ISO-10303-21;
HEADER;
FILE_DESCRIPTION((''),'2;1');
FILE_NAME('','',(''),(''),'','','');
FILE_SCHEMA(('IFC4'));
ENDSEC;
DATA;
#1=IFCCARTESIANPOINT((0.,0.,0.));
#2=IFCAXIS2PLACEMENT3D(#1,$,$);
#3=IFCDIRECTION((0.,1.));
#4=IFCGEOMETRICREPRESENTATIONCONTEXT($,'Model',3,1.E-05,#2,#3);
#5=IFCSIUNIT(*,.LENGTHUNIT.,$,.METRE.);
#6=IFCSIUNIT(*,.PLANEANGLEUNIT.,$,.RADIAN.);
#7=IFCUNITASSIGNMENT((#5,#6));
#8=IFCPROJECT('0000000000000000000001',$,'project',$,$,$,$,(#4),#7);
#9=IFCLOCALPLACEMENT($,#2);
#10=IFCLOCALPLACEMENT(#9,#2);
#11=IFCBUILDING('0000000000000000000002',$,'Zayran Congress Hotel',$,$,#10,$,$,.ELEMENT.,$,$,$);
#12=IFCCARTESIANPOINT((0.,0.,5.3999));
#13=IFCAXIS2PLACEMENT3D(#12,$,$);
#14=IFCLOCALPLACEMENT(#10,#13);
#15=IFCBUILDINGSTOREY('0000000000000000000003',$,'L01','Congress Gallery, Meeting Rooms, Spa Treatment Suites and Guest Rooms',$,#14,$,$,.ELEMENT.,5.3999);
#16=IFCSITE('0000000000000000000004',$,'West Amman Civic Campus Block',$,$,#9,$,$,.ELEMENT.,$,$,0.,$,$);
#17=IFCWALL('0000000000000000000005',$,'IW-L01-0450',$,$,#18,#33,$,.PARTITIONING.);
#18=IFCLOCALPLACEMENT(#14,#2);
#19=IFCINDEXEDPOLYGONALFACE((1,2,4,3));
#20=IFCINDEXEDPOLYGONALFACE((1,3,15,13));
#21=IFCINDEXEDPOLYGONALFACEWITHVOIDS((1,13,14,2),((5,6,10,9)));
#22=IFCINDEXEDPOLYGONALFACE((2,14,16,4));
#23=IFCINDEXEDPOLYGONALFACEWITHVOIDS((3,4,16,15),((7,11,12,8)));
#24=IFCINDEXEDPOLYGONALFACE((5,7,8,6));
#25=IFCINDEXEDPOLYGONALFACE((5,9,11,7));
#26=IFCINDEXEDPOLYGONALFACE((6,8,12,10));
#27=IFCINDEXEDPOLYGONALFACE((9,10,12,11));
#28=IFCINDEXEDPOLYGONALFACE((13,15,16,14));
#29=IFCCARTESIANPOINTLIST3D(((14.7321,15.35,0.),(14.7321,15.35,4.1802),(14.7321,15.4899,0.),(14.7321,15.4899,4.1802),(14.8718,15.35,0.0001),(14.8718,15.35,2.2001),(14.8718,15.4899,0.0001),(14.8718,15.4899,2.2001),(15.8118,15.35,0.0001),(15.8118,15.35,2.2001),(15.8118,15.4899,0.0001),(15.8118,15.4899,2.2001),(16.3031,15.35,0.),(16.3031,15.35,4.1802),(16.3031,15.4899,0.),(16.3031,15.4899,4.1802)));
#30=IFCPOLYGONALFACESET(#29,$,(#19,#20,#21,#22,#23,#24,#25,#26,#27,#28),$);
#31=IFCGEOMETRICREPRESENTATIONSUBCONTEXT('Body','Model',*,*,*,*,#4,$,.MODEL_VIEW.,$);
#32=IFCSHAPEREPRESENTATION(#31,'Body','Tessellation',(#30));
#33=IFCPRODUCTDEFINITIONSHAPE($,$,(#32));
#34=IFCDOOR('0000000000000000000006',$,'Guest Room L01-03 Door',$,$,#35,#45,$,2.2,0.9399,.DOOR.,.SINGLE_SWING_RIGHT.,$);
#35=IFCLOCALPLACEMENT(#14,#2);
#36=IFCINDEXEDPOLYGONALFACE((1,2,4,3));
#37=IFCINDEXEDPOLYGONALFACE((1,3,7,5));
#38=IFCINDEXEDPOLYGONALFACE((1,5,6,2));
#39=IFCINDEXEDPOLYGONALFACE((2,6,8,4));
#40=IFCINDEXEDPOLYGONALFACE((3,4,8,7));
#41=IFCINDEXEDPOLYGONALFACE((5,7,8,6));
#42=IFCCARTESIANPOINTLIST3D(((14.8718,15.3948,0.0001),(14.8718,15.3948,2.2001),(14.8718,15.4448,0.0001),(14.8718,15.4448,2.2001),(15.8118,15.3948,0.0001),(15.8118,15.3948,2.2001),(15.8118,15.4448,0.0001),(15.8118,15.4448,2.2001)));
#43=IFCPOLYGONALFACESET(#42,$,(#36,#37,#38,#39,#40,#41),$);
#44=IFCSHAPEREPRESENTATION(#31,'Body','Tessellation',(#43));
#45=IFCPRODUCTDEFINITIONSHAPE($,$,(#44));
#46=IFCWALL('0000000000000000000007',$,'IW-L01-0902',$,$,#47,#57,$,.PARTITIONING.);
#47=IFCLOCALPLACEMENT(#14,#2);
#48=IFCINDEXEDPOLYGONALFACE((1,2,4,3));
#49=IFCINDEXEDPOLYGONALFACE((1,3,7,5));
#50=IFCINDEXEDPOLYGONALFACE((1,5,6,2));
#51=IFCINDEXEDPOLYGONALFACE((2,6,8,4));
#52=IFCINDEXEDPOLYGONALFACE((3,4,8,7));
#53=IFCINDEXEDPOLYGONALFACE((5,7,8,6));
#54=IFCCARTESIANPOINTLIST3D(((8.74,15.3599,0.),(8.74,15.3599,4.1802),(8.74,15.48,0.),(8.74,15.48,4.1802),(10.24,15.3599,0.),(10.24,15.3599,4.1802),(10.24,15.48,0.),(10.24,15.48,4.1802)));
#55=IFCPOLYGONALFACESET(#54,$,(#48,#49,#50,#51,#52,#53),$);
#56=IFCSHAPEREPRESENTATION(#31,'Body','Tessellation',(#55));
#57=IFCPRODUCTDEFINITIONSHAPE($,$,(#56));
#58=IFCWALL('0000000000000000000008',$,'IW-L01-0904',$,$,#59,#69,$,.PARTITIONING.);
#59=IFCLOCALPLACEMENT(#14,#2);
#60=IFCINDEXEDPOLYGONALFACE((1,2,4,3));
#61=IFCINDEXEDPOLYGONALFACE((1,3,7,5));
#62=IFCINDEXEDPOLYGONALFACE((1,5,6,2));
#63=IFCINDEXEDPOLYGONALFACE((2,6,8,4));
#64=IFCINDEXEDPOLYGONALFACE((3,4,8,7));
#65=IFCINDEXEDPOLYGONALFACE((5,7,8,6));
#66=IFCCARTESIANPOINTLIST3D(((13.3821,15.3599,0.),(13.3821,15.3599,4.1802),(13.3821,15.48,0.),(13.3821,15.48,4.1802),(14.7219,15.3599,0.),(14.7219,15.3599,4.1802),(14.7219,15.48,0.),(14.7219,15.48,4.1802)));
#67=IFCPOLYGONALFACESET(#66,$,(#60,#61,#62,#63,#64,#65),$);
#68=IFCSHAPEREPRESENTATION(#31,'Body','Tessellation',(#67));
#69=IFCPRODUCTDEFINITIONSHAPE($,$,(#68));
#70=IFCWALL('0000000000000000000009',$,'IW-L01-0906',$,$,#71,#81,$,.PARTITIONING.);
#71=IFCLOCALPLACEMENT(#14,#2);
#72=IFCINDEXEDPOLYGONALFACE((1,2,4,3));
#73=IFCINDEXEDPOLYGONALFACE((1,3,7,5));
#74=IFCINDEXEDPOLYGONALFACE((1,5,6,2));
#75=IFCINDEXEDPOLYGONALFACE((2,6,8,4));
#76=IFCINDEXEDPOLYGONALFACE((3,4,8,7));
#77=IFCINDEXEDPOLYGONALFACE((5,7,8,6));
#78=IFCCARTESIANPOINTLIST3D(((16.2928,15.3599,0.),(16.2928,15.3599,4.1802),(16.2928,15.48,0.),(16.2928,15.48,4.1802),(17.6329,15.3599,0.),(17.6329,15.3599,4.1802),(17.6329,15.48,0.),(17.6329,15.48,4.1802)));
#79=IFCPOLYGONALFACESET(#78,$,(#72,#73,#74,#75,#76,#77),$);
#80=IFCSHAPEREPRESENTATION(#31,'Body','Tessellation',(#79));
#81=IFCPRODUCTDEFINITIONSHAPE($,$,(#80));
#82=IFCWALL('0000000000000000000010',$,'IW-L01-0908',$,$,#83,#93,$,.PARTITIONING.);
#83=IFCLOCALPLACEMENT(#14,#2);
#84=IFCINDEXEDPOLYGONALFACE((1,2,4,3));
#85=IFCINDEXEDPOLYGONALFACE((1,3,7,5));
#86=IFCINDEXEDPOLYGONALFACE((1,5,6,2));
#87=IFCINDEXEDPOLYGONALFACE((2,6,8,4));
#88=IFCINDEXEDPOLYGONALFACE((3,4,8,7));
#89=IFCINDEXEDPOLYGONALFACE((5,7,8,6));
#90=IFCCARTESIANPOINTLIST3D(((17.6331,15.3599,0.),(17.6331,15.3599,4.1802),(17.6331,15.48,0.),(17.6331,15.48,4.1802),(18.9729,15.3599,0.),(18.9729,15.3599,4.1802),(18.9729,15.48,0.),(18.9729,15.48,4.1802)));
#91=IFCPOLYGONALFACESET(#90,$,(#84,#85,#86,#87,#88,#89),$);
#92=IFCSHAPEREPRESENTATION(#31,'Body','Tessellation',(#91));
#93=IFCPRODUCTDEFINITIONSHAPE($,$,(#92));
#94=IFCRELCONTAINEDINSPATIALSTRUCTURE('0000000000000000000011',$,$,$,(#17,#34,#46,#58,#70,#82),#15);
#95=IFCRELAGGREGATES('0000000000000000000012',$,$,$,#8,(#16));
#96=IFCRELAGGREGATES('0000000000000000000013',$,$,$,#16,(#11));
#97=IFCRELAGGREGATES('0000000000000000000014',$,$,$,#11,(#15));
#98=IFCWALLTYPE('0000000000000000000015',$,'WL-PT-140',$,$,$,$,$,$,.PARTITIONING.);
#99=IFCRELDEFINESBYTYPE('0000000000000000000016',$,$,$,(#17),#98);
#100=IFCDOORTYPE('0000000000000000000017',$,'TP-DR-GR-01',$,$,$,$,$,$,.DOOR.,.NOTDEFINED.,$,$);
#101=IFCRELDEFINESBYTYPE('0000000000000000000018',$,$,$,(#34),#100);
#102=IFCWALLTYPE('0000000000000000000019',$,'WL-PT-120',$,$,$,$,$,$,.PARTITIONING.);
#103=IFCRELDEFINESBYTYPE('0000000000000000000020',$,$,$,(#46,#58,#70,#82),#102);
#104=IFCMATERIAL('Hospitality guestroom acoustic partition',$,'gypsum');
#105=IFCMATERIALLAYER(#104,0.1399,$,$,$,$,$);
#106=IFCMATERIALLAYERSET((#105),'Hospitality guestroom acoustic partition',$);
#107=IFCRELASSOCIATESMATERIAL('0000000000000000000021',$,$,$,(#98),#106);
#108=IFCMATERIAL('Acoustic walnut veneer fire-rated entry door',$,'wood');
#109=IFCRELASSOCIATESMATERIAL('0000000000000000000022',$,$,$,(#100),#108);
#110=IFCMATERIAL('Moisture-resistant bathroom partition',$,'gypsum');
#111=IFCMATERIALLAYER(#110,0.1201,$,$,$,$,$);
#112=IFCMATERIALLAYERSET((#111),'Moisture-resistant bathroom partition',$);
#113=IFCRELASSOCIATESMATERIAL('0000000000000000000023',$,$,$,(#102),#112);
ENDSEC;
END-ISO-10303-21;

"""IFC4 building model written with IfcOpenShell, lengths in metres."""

from ifc_helpers import new_model, si_unit, direction, frame, frame_2d, origin, place, context, subcontext, project, spatial, rectangle, extrude, material, layer, layer_set, type_object, element, fill, save


model = new_model("IFC4")

# Units and contexts
model_context = context("Model", 3, precision=1e-05, world=origin(), true_north=direction((0.0, 1.0)))
body_context = subcontext(model_context, "Body", "Model", "MODEL_VIEW")
ifc_project = project(units=[si_unit("LENGTHUNIT", "METRE"), si_unit("PLANEANGLEUNIT", "RADIAN")], contexts=[model_context])

# Site, building, storey
site_placement = place(None, origin())
site = spatial("IfcSite", under=ifc_project, at=site_placement, Name="West Amman Civic Campus Block", CompositionType="ELEMENT", RefElevation=0.0)
building_placement = place(site_placement, origin())
building = spatial("IfcBuilding", under=site, at=building_placement, Name="Zayran Congress Hotel", CompositionType="ELEMENT")
storey_placement = place(building_placement, frame((0.0, 0.0, 5.3999)))
storey = spatial("IfcBuildingStorey", under=building, at=storey_placement, Name="L01", Description="Congress Gallery, Meeting Rooms, Spa Treatment Suites and Guest Rooms", CompositionType="ELEMENT", Elevation=5.3999)

# Wall, opening, door
ifc_material_1 = material(Name="Hospitality guestroom acoustic partition", Category="gypsum")
ifc_layer_1 = layer(ifc_material_1, 0.1399)
ifc_layer_set_1 = layer_set([ifc_layer_1], Name="Hospitality guestroom acoustic partition")
wall_type_1 = type_object("IfcWallType", Name="WL-PT-140", PredefinedType="PARTITIONING", material=ifc_layer_set_1)
ifc_material_2 = material(Name="Acoustic walnut veneer fire-rated entry door", Category="wood")
door_type_1 = type_object("IfcDoorType", Name="TP-DR-GR-01", OperationType="NOTDEFINED", PredefinedType="DOOR", material=ifc_material_2)
wall_1_placement = place(storey_placement, frame((14.7319, 15.4199, 0.0), z_axis=(0.0, 0.0, 1.0), x_axis=(1.0, 0.0, 0.0)))
wall_1 = element("IfcWall", 1, at=wall_1_placement, inside=storey, type_object=wall_type_1, Name="IW-L01-0450", PredefinedType="PARTITIONING", context=body_context, shape_type="SweptSolid", body=[
    extrude(rectangle(XDim=1.571, YDim=0.1399, at=frame_2d((0.7856, 0.0))), origin(), (0.0, 0.0, 1.0), 4.1802),
])
opening_1_placement = place(wall_1_placement, frame((0.1399, 0.0, 0.0)))
opening_1 = element("IfcOpeningElement", 2, at=opening_1_placement, cuts=wall_1, PredefinedType="OPENING", context=body_context, shape_type="SweptSolid", body=[
    extrude(rectangle(XDim=0.9399, YDim=2.2, at=frame_2d((0.47, 1.1001))), frame((0.0, 0.0798, 0.0), z_axis=(0.0, -1.0, 0.0), x_axis=(1.0, 0.0, 0.0)), (0.0, 0.0, 1.0), 0.1599),
])
door_1_placement = place(opening_1_placement, origin())
door_1 = element("IfcDoor", 3, at=door_1_placement, inside=storey, type_object=door_type_1, Name="Guest Room L01-03 Door", OperationType="SINGLE_SWING_RIGHT", OverallHeight=2.2, OverallWidth=0.9399, PredefinedType="DOOR", context=body_context, shape_type="SweptSolid", body=[
    extrude(rectangle(XDim=0.9399, YDim=2.2, at=frame_2d((0.47, 1.1001))), frame((0.0, 0.0249, 0.0), z_axis=(0.0, -1.0, 0.0), x_axis=(1.0, 0.0, 0.0)), (0.0, 0.0, 1.0), 0.05),
])
fill(opening_1, door_1)

# Walls
ifc_material_3 = material(Name="Moisture-resistant bathroom partition", Category="gypsum")
ifc_layer_2 = layer(ifc_material_3, 0.1201)
ifc_layer_set_2 = layer_set([ifc_layer_2], Name="Moisture-resistant bathroom partition")
wall_type_2 = type_object("IfcWallType", Name="WL-PT-120", PredefinedType="PARTITIONING", material=ifc_layer_set_2)
wall_2_placement = place(storey_placement, frame((8.74, 15.4199, 0.0), z_axis=(0.0, 0.0, 1.0), x_axis=(1.0, 0.0, 0.0)))
element("IfcWall", 4, at=wall_2_placement, inside=storey, type_object=wall_type_2, Name="IW-L01-0902", PredefinedType="PARTITIONING", context=body_context, shape_type="SweptSolid", body=[
    extrude(rectangle(XDim=1.5, YDim=0.1201, at=frame_2d((0.75, 0.0))), origin(), (0.0, 0.0, 1.0), 4.1802),
])
wall_3_placement = place(storey_placement, frame((13.3821, 15.4199, 0.0), z_axis=(0.0, 0.0, 1.0), x_axis=(1.0, 0.0, 0.0)))
element("IfcWall", 5, at=wall_3_placement, inside=storey, type_object=wall_type_2, Name="IW-L01-0904", PredefinedType="PARTITIONING", context=body_context, shape_type="SweptSolid", body=[
    extrude(rectangle(XDim=1.3398, YDim=0.1201, at=frame_2d((0.6699, 0.0))), origin(), (0.0, 0.0, 1.0), 4.1802),
])
wall_4_placement = place(storey_placement, frame((16.293, 15.4199, 0.0), z_axis=(0.0, 0.0, 1.0), x_axis=(1.0, 0.0, 0.0)))
element("IfcWall", 6, at=wall_4_placement, inside=storey, type_object=wall_type_2, Name="IW-L01-0906", PredefinedType="PARTITIONING", context=body_context, shape_type="SweptSolid", body=[
    extrude(rectangle(XDim=1.3401, YDim=0.1201, at=frame_2d((0.6699, 0.0))), origin(), (0.0, 0.0, 1.0), 4.1802),
])
wall_5_placement = place(storey_placement, frame((17.6331, 15.4199, 0.0), z_axis=(0.0, 0.0, 1.0), x_axis=(1.0, 0.0, 0.0)))
element("IfcWall", 7, at=wall_5_placement, inside=storey, type_object=wall_type_2, Name="IW-L01-0908", PredefinedType="PARTITIONING", context=body_context, shape_type="SweptSolid", body=[
    extrude(rectangle(XDim=1.3398, YDim=0.1201, at=frame_2d((0.6699, 0.0))), origin(), (0.0, 0.0, 1.0), 4.1802),
])

save(model, "model.ifc")
